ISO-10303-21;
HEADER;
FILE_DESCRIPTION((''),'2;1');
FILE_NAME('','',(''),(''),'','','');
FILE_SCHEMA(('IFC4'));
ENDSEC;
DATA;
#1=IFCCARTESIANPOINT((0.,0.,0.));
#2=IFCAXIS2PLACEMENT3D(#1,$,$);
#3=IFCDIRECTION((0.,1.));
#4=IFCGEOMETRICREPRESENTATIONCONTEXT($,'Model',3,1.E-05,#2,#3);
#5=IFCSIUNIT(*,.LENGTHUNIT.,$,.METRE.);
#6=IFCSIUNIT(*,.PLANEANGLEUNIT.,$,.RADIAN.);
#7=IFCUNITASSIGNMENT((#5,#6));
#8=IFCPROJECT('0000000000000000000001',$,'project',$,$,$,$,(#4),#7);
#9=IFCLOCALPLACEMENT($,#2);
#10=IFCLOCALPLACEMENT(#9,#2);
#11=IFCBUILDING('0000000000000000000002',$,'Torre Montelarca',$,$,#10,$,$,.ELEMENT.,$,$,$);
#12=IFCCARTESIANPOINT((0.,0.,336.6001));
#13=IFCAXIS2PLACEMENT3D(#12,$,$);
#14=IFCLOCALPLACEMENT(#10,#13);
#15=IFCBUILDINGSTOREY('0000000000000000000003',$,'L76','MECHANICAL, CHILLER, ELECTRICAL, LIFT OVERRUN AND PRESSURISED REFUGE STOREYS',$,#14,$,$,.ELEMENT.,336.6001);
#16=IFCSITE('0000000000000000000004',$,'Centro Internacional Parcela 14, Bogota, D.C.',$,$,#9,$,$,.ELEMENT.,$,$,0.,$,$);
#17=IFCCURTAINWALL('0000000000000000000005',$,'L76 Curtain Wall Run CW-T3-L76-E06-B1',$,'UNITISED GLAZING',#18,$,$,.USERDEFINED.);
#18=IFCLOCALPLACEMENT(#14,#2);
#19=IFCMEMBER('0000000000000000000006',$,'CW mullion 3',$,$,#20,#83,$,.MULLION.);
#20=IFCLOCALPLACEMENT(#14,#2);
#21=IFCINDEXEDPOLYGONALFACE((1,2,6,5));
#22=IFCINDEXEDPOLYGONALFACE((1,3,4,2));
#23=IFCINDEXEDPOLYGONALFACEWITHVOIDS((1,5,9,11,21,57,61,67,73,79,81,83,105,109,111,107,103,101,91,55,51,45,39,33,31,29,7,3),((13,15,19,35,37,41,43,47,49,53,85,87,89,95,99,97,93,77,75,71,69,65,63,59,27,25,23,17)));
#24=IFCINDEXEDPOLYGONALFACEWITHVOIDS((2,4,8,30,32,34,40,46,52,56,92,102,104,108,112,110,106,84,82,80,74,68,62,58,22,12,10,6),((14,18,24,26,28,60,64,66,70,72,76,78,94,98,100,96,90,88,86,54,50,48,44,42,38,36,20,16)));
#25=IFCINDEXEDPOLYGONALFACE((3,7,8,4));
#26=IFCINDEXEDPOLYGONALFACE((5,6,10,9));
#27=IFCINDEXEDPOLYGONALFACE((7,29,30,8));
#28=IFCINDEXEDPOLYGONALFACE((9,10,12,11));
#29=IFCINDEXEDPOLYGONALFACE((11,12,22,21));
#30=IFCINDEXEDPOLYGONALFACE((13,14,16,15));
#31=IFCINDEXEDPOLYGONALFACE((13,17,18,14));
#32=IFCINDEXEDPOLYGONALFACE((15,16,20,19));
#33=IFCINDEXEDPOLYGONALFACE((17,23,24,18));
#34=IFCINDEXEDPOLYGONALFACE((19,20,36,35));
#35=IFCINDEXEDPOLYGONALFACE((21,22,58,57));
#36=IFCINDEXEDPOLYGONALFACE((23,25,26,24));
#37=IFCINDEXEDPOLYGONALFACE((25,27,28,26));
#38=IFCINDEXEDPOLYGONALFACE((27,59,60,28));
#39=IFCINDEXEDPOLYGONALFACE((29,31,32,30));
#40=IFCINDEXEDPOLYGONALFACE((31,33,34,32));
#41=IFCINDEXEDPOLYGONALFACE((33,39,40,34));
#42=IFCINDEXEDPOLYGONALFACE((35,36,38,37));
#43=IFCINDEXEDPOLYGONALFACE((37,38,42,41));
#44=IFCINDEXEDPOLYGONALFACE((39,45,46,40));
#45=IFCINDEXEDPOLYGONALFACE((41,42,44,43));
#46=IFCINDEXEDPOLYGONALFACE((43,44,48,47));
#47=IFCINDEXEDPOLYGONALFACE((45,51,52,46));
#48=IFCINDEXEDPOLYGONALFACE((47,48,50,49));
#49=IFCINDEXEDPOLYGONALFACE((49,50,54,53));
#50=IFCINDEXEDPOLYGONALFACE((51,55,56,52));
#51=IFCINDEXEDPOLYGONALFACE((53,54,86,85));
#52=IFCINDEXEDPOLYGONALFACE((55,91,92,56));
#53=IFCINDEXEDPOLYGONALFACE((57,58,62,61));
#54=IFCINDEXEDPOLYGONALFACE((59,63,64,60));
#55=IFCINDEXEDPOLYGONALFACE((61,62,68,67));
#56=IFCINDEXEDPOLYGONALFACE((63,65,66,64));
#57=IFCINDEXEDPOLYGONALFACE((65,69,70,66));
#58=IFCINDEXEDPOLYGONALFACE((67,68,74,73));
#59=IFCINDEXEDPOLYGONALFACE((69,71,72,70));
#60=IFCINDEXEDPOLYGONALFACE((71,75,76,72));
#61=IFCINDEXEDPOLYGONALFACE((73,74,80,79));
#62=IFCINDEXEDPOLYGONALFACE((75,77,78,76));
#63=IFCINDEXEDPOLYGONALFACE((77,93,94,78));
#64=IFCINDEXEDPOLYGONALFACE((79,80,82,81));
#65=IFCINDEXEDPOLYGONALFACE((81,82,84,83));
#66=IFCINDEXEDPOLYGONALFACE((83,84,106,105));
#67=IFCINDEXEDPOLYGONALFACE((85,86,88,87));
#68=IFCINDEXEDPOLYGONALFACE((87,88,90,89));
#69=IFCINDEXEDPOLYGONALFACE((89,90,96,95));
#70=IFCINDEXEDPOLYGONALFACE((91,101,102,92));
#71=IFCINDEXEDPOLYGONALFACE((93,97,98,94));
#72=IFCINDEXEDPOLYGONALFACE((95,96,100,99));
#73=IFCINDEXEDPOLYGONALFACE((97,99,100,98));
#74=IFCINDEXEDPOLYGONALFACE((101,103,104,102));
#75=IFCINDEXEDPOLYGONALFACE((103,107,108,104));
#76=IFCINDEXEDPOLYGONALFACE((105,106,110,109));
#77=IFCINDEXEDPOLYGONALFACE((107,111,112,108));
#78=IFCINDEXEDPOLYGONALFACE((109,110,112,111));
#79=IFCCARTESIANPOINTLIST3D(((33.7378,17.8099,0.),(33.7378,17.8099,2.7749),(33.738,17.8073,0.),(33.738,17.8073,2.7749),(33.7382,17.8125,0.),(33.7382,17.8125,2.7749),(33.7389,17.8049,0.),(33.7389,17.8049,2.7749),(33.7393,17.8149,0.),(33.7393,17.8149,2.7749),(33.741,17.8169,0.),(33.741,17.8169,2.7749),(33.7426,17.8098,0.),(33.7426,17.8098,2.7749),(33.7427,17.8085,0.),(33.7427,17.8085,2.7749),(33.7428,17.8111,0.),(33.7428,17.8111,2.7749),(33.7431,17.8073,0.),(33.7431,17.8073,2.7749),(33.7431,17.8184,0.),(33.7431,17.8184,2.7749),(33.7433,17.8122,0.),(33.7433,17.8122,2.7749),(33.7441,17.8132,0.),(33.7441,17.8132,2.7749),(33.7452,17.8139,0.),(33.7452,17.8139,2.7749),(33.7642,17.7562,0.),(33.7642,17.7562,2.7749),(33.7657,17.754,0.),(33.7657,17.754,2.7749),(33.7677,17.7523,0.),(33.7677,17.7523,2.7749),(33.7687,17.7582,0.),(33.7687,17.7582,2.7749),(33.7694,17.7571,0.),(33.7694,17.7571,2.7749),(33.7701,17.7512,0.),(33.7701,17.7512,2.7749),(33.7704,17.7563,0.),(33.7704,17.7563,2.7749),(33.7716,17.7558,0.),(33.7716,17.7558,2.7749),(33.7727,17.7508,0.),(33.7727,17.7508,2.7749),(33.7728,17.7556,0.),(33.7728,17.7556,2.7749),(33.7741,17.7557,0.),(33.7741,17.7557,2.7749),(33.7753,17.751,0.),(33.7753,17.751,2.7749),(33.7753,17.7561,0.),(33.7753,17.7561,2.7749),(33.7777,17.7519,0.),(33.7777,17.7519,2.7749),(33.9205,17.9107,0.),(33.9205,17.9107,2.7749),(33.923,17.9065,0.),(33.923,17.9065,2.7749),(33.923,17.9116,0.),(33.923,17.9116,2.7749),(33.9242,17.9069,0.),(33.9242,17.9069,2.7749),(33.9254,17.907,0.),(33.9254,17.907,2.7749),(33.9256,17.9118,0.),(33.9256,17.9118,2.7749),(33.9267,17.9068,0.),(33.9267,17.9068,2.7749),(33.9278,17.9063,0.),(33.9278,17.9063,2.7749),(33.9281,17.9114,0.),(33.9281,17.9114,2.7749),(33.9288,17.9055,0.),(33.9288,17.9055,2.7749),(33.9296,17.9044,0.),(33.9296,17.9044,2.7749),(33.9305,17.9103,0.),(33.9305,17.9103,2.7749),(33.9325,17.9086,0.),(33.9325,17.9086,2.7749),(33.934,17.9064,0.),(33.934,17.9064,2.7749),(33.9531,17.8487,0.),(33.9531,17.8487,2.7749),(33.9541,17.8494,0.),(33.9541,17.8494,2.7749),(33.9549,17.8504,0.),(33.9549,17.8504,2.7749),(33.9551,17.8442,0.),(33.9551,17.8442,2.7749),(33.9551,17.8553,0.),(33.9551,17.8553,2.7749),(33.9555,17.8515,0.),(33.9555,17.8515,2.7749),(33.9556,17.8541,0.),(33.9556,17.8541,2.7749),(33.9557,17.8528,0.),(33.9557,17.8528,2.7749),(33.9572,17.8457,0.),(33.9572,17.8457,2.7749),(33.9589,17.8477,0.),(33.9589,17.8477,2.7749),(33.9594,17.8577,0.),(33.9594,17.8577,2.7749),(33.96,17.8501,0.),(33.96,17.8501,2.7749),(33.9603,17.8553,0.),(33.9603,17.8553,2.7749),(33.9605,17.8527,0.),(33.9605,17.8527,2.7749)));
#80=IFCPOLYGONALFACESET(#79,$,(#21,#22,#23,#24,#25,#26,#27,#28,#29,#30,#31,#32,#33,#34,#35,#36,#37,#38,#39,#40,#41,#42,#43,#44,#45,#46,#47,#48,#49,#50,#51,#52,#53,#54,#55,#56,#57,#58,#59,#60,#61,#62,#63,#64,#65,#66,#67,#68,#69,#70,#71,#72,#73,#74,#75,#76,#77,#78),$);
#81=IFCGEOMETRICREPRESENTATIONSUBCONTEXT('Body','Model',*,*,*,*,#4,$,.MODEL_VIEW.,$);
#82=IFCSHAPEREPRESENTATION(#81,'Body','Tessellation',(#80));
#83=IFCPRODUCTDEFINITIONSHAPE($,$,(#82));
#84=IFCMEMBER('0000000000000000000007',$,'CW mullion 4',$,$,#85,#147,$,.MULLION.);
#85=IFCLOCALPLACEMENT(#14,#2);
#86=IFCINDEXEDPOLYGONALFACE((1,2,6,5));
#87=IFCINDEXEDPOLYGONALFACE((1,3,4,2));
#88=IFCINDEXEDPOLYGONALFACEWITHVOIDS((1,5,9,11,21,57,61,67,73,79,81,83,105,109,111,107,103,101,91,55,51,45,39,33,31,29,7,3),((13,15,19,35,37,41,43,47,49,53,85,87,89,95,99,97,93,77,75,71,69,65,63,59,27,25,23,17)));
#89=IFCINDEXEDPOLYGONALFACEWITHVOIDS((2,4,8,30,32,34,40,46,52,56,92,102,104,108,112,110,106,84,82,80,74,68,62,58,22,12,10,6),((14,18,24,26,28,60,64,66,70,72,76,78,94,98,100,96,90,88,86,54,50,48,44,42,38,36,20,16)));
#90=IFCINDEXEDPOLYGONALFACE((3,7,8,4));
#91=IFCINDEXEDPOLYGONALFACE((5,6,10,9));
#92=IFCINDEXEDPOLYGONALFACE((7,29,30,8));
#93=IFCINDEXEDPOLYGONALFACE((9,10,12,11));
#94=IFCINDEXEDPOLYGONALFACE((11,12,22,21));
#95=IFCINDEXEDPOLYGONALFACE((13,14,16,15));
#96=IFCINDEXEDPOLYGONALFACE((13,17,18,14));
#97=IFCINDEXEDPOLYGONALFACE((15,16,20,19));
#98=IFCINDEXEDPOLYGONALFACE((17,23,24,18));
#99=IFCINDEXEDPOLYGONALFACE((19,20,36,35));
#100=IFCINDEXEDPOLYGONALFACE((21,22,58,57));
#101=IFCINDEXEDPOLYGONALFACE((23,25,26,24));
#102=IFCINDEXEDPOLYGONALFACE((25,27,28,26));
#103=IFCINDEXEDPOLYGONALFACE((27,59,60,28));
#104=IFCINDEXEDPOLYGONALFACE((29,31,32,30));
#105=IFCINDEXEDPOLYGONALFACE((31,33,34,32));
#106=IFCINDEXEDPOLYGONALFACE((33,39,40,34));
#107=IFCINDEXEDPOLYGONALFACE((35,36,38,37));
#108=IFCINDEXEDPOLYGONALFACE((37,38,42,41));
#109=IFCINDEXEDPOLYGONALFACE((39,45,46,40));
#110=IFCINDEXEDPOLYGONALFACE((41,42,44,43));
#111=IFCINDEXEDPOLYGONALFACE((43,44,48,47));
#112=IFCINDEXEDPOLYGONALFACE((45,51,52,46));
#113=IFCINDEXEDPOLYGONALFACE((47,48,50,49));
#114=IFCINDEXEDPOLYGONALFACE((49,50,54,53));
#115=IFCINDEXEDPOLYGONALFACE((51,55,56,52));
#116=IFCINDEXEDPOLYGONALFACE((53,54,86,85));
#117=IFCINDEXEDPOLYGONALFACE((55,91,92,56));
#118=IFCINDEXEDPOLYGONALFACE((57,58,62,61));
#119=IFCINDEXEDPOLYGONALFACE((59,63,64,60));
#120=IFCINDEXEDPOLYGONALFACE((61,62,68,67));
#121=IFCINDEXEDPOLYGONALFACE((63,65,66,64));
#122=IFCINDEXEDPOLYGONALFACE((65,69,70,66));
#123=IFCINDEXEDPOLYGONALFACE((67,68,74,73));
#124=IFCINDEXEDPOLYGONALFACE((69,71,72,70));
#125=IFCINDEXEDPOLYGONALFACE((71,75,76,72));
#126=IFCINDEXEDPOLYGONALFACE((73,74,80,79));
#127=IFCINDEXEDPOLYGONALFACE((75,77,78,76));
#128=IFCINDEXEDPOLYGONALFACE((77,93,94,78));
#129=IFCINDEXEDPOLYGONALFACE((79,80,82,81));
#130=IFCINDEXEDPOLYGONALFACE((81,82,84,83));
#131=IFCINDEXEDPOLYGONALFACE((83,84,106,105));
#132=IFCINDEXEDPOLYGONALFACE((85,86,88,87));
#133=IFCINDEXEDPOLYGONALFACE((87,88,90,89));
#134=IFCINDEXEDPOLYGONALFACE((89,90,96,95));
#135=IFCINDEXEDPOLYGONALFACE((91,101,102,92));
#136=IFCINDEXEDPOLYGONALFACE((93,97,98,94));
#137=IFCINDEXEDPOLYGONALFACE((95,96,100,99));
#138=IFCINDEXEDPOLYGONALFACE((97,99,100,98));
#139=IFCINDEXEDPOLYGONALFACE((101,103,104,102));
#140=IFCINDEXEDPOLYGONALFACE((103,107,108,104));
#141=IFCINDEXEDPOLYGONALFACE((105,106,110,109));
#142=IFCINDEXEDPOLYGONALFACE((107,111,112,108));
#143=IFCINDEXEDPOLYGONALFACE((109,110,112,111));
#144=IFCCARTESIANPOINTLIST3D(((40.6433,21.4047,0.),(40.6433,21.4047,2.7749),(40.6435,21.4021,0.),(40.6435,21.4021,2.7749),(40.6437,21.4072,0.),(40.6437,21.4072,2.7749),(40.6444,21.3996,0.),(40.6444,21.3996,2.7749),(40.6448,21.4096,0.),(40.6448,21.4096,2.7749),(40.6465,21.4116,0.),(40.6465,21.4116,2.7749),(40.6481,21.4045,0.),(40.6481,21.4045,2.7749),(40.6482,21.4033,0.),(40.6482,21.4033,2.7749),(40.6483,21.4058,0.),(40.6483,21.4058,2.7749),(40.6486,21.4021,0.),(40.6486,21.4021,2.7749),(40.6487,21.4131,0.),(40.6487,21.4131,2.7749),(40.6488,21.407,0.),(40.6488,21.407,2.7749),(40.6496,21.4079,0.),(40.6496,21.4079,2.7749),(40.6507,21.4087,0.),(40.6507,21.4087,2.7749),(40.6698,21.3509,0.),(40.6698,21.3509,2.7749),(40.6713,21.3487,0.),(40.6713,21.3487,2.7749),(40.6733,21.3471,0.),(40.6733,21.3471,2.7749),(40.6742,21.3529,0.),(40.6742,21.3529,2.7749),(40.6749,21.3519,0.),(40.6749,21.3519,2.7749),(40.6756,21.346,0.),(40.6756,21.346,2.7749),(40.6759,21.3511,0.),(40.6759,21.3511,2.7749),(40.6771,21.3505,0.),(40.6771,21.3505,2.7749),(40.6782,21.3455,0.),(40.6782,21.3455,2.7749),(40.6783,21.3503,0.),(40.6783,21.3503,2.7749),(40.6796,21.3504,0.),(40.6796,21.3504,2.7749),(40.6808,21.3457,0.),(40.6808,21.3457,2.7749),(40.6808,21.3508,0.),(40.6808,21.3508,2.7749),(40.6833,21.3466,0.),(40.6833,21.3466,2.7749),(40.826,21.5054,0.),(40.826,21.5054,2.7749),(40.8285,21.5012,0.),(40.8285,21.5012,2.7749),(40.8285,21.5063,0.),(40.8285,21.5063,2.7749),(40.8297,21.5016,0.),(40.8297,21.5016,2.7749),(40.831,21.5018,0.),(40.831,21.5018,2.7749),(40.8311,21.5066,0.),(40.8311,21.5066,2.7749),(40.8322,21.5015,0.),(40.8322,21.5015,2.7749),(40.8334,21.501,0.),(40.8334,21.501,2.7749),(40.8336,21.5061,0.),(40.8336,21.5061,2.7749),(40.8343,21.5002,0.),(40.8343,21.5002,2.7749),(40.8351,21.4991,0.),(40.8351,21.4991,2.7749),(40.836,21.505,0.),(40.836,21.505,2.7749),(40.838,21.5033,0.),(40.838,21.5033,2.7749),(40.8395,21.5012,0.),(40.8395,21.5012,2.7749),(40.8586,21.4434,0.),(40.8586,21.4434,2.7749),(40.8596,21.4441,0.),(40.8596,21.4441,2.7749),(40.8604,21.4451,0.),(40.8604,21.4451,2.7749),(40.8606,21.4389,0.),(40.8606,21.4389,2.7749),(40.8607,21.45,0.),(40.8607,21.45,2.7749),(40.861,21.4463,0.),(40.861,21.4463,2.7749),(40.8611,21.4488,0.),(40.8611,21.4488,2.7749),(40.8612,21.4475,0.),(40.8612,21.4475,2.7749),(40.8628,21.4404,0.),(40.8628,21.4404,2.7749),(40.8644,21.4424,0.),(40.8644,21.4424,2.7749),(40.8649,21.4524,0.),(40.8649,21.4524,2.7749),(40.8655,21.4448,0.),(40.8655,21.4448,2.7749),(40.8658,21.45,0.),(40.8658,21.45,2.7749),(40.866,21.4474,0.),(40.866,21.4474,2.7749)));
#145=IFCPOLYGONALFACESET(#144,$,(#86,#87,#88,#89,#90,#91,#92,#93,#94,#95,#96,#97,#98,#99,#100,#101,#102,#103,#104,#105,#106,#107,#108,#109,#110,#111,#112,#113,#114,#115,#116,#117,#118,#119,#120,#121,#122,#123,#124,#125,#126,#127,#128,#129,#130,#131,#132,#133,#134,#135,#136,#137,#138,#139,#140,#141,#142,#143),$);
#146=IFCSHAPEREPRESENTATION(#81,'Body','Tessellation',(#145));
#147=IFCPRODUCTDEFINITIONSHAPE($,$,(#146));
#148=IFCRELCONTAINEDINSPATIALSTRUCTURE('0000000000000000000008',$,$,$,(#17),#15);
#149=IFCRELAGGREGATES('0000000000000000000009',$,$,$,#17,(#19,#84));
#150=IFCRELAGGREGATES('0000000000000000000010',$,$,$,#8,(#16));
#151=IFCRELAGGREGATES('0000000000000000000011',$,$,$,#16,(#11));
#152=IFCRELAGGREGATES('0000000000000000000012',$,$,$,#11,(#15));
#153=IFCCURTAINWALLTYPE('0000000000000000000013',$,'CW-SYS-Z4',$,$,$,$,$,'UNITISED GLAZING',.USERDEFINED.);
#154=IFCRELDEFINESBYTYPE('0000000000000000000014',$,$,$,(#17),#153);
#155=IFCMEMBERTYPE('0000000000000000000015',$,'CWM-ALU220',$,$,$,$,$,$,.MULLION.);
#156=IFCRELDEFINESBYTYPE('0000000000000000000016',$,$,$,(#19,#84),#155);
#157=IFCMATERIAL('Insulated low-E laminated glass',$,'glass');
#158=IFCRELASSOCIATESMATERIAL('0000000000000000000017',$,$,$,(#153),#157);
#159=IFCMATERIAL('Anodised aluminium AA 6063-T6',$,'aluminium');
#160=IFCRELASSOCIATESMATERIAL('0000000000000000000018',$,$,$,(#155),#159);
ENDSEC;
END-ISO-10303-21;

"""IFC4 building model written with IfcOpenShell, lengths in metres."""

from ifc_helpers import new_model, si_unit, direction, frame, origin, origin_2d, place, context, subcontext, project, spatial, hollow_rectangle, extrude, source, transform, mapped, material, material_profile, profile_set, type_object, element, aggregate, save


model = new_model("IFC4")

# Units and contexts
model_context = context("Model", 3, precision=1e-05, world=origin(), true_north=direction((0.0, 1.0)))
body_context = subcontext(model_context, "Body", "Model", "MODEL_VIEW")
ifc_project = project(units=[si_unit("LENGTHUNIT", "METRE"), si_unit("PLANEANGLEUNIT", "RADIAN")], contexts=[model_context])

# Site, building, storey
site_placement = place(None, origin())
site = spatial("IfcSite", under=ifc_project, at=site_placement, Name="Centro Internacional Parcela 14, Bogota, D.C.", CompositionType="ELEMENT", RefElevation=0.0)
building_placement = place(site_placement, origin())
building = spatial("IfcBuilding", under=site, at=building_placement, Name="Torre Montelarca", CompositionType="ELEMENT")
storey_placement = place(building_placement, frame((0.0, 0.0, 336.6001)))
storey = spatial("IfcBuildingStorey", under=building, at=storey_placement, Name="L76", Description="MECHANICAL, CHILLER, ELECTRICAL, LIFT OVERRUN AND PRESSURISED REFUGE STOREYS", CompositionType="ELEMENT", Elevation=336.6001)

# Curtain wall, members
ifc_material_1 = material(Name="Insulated low-E laminated glass", Category="glass")
curtain_wall_type = type_object("IfcCurtainWallType", Name="CW-SYS-Z4", ElementType="UNITISED GLAZING", PredefinedType="USERDEFINED", material=ifc_material_1)
ifc_material_2 = material(Name="Anodised aluminium AA 6063-T6", Category="aluminium")
ifc_material_profile_1 = material_profile(ifc_material_2, hollow_rectangle(XDim=0.075, YDim=0.22, WallThickness=0.0049, InnerFilletRadius=0.0049, OuterFilletRadius=0.01, at=origin_2d()), Name="ALU75X220X5", Category="aluminium")
ifc_profile_set_1 = profile_set([ifc_material_profile_1], Name="Anodised aluminium AA 6063-T6")
member_type_1 = type_object("IfcMemberType", Name="CWM-ALU220", PredefinedType="MULLION", material=ifc_profile_set_1)
curtain_wall_1_placement = place(storey_placement, origin())
curtain_wall_1 = element("IfcCurtainWall", 1, at=curtain_wall_1_placement, inside=storey, type_object=curtain_wall_type, Name="L76 Curtain Wall Run CW-T3-L76-E06-B1", ObjectType="UNITISED GLAZING", PredefinedType="USERDEFINED")
shared_shape_1 = source(origin(), body_context, "Body", "SweptSolid", [
    extrude(hollow_rectangle(XDim=0.075, YDim=0.22, WallThickness=0.0049, InnerFilletRadius=0.0049, OuterFilletRadius=0.01, at=origin_2d()), origin(), (0.0, 0.0, 1.0), 2.7749),
])
member_1_placement = place(storey_placement, frame((33.8491, 17.8313, 0.0), z_axis=(0.0, 0.0, 1.0), x_axis=(-0.461746, 0.887012, 0.0)))
member_1 = element("IfcMember", 2, at=member_1_placement, type_object=member_type_1, Name="CW mullion 3", PredefinedType="MULLION", context=body_context, shape_type="MappedRepresentation", body=[
    mapped(shared_shape_1, transform((0.0, 0.0, 0.0), scale=1.0)),
])
member_2_placement = place(storey_placement, frame((40.7546, 21.426, 0.0), z_axis=(0.0, 0.0, 1.0), x_axis=(-0.461746, 0.887012, 0.0)))
member_2 = element("IfcMember", 3, at=member_2_placement, type_object=member_type_1, Name="CW mullion 4", PredefinedType="MULLION", context=body_context, shape_type="MappedRepresentation", body=[
    mapped(shared_shape_1, transform((0.0, 0.0, 0.0), scale=1.0)),
])

aggregate(curtain_wall_1, [member_1, member_2])

save(model, "model.ifc")
